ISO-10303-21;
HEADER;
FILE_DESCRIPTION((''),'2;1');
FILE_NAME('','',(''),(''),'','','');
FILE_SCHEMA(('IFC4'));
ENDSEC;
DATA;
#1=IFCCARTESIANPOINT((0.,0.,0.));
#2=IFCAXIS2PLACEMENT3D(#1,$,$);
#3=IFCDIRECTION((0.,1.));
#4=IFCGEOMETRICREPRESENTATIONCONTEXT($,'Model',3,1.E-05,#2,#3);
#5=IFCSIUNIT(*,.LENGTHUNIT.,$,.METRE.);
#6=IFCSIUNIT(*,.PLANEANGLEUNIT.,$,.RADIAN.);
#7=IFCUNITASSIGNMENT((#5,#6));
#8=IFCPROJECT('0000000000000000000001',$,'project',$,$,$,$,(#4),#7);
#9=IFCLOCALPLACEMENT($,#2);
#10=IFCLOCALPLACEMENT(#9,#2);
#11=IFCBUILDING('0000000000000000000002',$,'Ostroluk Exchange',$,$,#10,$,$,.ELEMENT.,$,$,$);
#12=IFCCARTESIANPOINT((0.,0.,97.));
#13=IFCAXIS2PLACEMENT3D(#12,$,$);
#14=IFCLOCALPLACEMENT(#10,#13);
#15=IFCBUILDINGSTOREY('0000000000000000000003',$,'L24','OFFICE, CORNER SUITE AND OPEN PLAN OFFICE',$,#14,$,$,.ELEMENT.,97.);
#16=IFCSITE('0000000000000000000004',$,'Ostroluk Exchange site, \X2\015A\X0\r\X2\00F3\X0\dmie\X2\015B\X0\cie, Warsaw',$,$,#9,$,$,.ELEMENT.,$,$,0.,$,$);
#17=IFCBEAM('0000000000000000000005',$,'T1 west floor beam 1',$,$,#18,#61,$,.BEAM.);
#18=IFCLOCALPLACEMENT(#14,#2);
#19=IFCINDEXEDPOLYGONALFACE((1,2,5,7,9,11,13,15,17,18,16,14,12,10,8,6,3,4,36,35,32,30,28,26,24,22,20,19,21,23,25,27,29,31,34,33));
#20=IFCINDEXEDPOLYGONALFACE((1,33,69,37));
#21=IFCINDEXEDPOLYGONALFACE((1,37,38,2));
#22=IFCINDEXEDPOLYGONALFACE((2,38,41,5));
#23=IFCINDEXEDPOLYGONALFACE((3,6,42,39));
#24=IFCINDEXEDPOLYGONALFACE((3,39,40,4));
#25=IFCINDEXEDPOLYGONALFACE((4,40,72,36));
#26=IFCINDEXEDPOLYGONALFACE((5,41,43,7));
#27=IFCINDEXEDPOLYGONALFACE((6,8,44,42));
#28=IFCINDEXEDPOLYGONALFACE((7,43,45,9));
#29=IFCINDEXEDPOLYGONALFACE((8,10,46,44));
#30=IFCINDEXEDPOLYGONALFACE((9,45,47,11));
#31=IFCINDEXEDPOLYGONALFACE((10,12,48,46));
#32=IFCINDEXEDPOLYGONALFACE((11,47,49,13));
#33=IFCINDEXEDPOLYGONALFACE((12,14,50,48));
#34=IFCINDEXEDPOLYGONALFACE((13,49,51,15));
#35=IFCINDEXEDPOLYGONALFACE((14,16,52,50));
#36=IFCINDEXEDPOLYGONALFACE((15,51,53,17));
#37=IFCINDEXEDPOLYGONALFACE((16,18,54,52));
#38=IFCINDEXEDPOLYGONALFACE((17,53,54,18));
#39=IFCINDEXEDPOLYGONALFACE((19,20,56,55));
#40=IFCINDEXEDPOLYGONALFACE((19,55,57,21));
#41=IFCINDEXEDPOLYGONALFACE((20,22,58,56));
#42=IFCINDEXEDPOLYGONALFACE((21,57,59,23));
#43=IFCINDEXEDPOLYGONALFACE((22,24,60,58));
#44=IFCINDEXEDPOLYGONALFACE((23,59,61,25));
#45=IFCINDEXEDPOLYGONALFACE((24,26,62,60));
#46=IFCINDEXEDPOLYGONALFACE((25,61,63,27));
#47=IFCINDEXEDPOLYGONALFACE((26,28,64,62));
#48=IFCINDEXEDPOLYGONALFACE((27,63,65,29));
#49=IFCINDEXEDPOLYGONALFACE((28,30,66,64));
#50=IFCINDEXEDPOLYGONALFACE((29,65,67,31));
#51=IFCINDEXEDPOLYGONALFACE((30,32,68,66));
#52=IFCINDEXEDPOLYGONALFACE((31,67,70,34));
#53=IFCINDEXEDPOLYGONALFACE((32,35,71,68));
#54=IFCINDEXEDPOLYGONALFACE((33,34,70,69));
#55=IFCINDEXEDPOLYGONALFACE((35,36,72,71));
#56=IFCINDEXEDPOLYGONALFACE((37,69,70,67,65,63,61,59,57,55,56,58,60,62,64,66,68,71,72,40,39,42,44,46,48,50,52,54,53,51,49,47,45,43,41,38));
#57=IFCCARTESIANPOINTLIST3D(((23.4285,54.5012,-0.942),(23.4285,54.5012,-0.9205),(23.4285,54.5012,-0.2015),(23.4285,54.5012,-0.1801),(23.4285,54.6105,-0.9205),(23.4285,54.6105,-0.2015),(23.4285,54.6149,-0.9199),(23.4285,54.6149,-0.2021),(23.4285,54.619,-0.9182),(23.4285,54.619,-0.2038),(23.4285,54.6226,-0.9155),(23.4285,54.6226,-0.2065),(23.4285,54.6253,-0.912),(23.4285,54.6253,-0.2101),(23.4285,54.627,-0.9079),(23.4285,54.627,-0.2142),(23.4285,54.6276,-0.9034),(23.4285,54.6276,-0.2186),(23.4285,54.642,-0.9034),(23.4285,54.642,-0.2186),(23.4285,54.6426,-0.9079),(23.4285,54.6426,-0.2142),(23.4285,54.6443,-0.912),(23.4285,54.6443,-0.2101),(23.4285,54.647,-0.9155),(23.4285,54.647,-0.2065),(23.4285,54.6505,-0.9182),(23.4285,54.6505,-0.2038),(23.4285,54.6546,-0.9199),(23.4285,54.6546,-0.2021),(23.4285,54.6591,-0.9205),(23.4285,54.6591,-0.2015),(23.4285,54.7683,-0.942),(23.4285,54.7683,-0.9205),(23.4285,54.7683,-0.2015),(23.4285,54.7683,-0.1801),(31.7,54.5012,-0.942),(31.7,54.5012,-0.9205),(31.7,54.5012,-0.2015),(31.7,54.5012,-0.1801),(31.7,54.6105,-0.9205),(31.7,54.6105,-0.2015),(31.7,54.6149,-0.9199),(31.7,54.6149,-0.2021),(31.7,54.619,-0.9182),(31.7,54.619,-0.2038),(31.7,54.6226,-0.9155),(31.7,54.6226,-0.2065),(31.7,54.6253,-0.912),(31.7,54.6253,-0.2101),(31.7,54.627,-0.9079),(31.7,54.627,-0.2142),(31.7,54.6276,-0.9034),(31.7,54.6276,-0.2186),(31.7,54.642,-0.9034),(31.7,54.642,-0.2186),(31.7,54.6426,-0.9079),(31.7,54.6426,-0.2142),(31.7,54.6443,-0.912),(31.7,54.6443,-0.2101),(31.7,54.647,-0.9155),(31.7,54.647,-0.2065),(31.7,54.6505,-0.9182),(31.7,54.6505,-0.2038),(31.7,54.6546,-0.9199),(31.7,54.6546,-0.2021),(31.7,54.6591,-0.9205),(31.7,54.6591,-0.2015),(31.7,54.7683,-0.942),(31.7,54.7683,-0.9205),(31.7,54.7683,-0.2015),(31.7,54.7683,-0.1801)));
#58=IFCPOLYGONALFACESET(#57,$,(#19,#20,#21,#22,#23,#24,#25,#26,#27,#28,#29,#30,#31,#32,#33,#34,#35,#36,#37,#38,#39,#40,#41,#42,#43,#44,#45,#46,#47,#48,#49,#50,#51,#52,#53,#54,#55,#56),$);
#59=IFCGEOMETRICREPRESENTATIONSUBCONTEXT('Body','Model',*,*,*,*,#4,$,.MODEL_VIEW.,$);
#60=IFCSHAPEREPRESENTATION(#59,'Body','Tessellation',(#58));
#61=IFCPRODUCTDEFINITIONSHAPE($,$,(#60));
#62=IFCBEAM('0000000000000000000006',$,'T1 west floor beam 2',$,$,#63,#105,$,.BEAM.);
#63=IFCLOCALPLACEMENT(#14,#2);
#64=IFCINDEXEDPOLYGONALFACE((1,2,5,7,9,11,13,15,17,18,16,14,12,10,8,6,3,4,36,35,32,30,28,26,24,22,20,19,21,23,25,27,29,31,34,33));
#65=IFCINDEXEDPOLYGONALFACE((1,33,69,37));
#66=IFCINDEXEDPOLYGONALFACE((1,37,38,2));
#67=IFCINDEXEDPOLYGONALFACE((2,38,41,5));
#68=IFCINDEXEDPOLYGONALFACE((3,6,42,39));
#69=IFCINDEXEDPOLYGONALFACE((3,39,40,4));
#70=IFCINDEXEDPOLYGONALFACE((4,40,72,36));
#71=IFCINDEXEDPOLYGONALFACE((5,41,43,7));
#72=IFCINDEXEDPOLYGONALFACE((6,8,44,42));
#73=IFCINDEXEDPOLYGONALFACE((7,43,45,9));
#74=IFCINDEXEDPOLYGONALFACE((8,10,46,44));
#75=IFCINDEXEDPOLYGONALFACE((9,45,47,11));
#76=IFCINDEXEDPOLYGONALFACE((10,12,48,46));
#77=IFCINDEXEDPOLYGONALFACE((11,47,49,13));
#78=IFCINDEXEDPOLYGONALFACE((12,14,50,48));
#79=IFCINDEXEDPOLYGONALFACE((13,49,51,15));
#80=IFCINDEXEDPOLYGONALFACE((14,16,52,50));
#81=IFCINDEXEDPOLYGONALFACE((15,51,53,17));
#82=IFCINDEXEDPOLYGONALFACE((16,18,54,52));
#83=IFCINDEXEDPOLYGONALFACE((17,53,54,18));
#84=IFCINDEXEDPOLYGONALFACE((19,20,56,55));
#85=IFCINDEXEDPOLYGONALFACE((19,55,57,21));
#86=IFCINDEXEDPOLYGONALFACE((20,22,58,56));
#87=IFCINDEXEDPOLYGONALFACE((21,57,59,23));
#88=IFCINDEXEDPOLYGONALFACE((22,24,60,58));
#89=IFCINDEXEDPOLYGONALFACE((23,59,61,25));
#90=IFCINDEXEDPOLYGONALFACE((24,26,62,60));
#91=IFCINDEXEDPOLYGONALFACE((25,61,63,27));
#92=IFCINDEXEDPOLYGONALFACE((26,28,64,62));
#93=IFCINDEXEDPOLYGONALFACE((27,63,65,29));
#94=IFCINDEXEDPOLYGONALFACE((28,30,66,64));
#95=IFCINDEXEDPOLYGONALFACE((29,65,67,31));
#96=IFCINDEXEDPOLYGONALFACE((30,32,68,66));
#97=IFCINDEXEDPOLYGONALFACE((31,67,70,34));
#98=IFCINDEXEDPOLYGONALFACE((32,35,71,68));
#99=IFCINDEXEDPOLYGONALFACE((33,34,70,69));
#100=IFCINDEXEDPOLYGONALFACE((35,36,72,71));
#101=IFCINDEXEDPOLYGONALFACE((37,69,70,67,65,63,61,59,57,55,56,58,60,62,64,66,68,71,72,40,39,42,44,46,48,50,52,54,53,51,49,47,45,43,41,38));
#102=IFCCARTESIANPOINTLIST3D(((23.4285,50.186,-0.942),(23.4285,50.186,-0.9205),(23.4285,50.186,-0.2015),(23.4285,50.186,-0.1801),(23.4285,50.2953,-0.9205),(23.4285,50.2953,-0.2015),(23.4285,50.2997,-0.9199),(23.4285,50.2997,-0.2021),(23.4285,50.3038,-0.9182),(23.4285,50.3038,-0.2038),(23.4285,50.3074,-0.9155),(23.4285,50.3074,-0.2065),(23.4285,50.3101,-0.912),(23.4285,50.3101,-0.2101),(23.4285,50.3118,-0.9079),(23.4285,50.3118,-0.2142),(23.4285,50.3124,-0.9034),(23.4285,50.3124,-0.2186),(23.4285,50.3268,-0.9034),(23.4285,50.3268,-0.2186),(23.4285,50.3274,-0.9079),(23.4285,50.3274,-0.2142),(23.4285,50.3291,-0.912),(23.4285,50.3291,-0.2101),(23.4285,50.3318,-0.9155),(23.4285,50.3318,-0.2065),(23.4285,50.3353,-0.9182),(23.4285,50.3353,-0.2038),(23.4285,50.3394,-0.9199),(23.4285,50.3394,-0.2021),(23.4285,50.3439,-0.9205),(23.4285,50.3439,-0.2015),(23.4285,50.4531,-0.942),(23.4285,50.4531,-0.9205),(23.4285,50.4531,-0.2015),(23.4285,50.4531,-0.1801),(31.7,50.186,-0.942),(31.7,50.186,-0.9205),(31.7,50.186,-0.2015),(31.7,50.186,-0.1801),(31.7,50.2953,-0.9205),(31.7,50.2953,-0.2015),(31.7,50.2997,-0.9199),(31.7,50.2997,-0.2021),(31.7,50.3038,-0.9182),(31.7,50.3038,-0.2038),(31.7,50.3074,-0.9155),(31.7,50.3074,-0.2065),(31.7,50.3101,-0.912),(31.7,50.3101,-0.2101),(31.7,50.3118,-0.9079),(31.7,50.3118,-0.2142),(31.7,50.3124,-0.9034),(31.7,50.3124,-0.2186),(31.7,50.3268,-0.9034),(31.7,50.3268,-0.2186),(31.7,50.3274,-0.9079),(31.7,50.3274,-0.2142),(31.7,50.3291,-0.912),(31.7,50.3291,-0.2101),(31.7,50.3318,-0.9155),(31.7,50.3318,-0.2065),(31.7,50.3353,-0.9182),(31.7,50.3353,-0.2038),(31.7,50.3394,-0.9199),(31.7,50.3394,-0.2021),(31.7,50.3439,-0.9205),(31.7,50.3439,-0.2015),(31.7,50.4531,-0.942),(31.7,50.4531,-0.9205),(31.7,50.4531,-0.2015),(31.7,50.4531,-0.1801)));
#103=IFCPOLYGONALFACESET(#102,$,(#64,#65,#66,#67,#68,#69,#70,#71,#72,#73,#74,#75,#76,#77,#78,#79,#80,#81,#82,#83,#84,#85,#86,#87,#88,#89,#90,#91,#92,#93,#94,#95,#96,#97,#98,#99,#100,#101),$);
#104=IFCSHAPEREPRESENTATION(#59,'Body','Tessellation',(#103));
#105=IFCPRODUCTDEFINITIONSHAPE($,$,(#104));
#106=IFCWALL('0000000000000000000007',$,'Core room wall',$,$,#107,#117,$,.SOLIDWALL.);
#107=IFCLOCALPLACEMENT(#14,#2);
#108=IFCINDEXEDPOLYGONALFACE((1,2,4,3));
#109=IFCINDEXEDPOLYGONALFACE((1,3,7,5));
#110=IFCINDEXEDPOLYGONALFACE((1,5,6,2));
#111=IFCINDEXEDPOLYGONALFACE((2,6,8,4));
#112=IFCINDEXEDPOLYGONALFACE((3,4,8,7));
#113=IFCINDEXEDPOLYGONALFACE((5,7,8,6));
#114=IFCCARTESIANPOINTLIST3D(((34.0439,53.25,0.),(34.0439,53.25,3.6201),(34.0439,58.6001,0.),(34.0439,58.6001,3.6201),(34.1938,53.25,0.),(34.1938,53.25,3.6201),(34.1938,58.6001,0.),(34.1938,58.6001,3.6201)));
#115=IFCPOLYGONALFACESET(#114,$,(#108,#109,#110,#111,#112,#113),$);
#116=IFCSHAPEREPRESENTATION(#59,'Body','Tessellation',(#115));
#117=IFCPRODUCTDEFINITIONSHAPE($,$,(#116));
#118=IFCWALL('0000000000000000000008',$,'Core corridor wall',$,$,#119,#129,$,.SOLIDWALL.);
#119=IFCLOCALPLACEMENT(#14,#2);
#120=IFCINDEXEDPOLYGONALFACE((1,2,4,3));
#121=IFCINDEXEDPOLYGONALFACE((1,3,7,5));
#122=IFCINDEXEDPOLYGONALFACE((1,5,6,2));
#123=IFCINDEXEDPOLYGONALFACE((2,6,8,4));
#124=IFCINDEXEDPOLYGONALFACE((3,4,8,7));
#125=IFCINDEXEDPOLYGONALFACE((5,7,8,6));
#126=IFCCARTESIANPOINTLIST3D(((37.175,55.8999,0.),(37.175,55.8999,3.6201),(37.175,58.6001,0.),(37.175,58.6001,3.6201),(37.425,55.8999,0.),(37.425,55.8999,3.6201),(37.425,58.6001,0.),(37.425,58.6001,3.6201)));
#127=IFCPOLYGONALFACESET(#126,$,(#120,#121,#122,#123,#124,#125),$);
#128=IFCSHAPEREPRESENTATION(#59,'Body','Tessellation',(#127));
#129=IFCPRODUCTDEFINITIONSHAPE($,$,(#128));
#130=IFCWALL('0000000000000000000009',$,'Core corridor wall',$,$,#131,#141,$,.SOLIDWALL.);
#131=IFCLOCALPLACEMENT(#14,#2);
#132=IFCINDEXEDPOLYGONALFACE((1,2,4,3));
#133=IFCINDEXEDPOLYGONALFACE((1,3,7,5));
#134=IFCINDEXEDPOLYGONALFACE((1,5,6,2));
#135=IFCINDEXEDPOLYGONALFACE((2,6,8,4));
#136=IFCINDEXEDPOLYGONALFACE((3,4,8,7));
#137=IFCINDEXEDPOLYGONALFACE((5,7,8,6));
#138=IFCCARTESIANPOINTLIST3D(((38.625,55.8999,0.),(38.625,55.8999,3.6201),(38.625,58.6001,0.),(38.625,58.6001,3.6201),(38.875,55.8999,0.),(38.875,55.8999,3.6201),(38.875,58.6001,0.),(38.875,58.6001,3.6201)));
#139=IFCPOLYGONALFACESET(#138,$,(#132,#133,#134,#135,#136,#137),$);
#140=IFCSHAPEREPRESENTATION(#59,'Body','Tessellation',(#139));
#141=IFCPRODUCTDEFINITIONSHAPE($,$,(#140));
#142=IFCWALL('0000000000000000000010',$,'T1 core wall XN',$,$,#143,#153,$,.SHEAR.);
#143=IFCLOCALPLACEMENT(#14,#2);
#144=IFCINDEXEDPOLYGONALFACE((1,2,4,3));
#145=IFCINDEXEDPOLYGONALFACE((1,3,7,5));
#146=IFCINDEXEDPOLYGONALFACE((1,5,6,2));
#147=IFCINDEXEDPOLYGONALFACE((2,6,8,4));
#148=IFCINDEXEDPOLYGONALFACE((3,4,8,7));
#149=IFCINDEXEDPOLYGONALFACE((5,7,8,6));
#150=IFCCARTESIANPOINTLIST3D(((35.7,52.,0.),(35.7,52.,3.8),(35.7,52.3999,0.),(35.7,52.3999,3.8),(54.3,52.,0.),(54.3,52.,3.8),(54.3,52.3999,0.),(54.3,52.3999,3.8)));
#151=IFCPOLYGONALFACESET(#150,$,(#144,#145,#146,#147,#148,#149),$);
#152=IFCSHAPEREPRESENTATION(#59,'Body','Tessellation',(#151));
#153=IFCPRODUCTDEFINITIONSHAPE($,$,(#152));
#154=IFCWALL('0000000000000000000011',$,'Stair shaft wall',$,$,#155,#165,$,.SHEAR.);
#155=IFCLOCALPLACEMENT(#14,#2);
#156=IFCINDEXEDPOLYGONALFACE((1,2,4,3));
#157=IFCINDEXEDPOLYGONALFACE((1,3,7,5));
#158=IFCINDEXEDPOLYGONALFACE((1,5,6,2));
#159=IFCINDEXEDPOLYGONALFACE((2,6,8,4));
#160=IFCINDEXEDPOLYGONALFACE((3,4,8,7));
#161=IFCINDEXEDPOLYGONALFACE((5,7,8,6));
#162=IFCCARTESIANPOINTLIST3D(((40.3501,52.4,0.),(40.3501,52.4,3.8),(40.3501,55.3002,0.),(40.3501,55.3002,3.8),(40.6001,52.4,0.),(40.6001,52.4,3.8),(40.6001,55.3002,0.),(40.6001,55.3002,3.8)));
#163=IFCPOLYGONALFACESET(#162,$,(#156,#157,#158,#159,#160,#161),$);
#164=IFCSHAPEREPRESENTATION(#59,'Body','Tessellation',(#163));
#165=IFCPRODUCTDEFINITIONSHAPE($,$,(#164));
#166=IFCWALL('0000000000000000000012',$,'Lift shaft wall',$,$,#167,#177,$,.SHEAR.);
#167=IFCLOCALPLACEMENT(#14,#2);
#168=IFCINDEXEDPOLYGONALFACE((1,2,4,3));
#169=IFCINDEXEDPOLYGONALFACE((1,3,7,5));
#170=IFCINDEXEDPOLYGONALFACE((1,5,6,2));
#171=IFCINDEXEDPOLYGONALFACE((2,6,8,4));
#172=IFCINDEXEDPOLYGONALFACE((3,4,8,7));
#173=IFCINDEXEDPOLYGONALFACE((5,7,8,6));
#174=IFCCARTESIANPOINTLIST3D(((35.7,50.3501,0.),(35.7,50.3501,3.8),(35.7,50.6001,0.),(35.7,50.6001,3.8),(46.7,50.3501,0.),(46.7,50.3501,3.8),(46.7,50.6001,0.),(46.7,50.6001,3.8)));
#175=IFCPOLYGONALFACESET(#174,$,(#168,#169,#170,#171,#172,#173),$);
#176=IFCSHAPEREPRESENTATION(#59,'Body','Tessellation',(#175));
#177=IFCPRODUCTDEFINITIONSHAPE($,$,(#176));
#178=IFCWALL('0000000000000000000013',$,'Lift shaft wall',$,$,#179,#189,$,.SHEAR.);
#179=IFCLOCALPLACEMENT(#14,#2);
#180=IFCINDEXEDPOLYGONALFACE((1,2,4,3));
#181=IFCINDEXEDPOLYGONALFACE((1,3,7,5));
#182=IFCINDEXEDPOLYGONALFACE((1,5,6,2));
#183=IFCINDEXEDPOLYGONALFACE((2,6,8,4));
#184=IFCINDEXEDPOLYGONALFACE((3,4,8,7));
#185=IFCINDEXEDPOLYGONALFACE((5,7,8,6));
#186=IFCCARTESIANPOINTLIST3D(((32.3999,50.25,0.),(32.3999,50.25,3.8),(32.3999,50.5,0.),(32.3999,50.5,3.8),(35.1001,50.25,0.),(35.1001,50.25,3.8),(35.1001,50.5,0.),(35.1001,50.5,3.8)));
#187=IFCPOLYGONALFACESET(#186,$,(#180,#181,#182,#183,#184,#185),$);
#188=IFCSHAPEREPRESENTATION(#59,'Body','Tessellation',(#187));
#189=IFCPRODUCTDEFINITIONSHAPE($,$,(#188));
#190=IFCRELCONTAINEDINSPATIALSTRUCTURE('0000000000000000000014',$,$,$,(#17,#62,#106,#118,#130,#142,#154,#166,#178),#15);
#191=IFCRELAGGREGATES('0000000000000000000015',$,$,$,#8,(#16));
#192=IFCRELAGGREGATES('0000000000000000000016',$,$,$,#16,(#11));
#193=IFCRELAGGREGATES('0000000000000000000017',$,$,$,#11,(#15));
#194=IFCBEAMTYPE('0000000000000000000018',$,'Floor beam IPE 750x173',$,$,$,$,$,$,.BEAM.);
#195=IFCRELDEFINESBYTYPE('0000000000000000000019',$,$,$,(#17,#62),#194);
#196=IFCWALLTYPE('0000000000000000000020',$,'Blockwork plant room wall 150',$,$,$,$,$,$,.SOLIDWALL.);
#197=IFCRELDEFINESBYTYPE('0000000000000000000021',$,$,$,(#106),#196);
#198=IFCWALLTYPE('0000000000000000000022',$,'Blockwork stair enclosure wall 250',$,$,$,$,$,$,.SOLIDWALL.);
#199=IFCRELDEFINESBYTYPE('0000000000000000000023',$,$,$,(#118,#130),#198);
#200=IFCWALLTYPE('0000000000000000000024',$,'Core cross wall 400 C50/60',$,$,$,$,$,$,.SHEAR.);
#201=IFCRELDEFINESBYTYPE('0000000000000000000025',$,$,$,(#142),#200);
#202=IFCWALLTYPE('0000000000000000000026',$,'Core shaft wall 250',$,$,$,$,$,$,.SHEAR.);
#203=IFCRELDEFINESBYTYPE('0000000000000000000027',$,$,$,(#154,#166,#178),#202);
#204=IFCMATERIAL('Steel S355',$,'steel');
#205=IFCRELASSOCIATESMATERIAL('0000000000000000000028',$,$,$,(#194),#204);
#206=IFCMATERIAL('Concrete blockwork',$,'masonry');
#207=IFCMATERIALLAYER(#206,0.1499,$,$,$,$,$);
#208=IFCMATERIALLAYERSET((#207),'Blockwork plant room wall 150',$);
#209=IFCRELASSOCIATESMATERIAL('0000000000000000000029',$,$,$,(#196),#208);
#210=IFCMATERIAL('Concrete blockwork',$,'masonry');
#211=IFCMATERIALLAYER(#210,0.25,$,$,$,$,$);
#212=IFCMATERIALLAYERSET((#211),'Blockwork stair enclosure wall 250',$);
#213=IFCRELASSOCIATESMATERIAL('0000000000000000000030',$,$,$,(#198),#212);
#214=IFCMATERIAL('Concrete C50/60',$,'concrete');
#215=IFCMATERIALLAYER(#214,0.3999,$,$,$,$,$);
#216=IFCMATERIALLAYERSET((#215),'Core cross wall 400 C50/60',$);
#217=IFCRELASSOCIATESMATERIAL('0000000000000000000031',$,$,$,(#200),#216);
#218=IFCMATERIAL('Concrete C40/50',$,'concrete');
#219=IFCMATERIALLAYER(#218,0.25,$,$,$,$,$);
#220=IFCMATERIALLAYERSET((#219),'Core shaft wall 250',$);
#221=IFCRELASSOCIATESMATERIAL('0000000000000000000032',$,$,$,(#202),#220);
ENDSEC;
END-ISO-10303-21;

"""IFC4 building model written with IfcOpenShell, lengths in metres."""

from ifc_helpers import new_model, si_unit, direction, frame, frame_2d, origin, origin_2d, place, context, subcontext, project, spatial, rectangle, i_section, extrude, material, layer, layer_set, material_profile, profile_set, type_object, element, save


model = new_model("IFC4")

# Units and contexts
model_context = context("Model", 3, precision=1e-05, world=origin(), true_north=direction((0.0, 1.0)))
body_context = subcontext(model_context, "Body", "Model", "MODEL_VIEW")
ifc_project = project(units=[si_unit("LENGTHUNIT", "METRE"), si_unit("PLANEANGLEUNIT", "RADIAN")], contexts=[model_context])

# Site, building, storey
site_placement = place(None, origin())
site = spatial("IfcSite", under=ifc_project, at=site_placement, Name="Ostroluk Exchange site, Śródmieście, Warsaw", CompositionType="ELEMENT", RefElevation=0.0)
building_placement = place(site_placement, origin())
building = spatial("IfcBuilding", under=site, at=building_placement, Name="Ostroluk Exchange", CompositionType="ELEMENT")
storey_placement = place(building_placement, frame((0.0, 0.0, 97.0)))
storey = spatial("IfcBuildingStorey", under=building, at=storey_placement, Name="L24", Description="OFFICE, CORNER SUITE AND OPEN PLAN OFFICE", CompositionType="ELEMENT", Elevation=97.0)

# Beams
ifc_material_1 = material(Name="Steel S355", Category="steel")
ifc_material_profile = material_profile(ifc_material_1, i_section(OverallWidth=0.2671, OverallDepth=0.762, WebThickness=0.0144, FlangeThickness=0.0215, FilletRadius=0.0171, at=origin_2d()), Name="IPE 750x173")
ifc_profile_set = profile_set([ifc_material_profile], Name="Steel S355")
beam_type = type_object("IfcBeamType", Name="Floor beam IPE 750x173", PredefinedType="BEAM", material=ifc_profile_set)
for number, where, z_axis, x_axis, name in (
    (1, (31.7, 54.6348, -0.561), (-1.0, 0.0, 0.0), (0.0, -1.0, 0.0), "T1 west floor beam 1"),
    (2, (31.7, 50.3196, -0.561), (-1.0, 0.0, 0.0), (0.0, -1.0, 0.0), "T1 west floor beam 2"),
):
    element("IfcBeam", number, at=place(storey_placement, frame(where, z_axis=z_axis, x_axis=x_axis)), inside=storey, type_object=beam_type, Name=name, PredefinedType="BEAM", context=body_context, shape_type="SweptSolid", body=[
        extrude(i_section(OverallWidth=0.2671, OverallDepth=0.762, WebThickness=0.0144, FlangeThickness=0.0215, FilletRadius=0.0171, at=origin_2d()), origin(), (0.0, 0.0, 1.0), 8.2715),
    ])

# Walls
ifc_material_2 = material(Name="Concrete blockwork", Category="masonry")
ifc_layer_1 = layer(ifc_material_2, 0.1499)
ifc_layer_set_1 = layer_set([ifc_layer_1], Name="Blockwork plant room wall 150")
wall_type_1 = type_object("IfcWallType", Name="Blockwork plant room wall 150", PredefinedType="SOLIDWALL", material=ifc_layer_set_1)
wall_1_placement = place(storey_placement, frame((34.1189, 53.25, 0.0), z_axis=(0.0, 0.0, 1.0), x_axis=(0.0, 1.0, 0.0)))
element("IfcWall", 3, at=wall_1_placement, inside=storey, type_object=wall_type_1, Name="Core room wall", PredefinedType="SOLIDWALL", context=body_context, shape_type="SweptSolid", body=[
    extrude(rectangle(XDim=5.3501, YDim=0.1499, at=frame_2d((2.675, 0.0))), origin(), (0.0, 0.0, 1.0), 3.6201),
])
ifc_material_3 = material(Name="Concrete blockwork", Category="masonry")
ifc_layer_2 = layer(ifc_material_3, 0.25)
ifc_layer_set_2 = layer_set([ifc_layer_2], Name="Blockwork stair enclosure wall 250")
wall_type_2 = type_object("IfcWallType", Name="Blockwork stair enclosure wall 250", PredefinedType="SOLIDWALL", material=ifc_layer_set_2)
for number, where, z_axis, x_axis, name in (
    (4, (37.3, 55.8999, 0.0), (0.0, 0.0, 1.0), (0.0, 1.0, 0.0), "Core corridor wall"),
    (5, (38.75, 55.8999, 0.0), (0.0, 0.0, 1.0), (0.0, 1.0, 0.0), "Core corridor wall"),
):
    element("IfcWall", number, at=place(storey_placement, frame(where, z_axis=z_axis, x_axis=x_axis)), inside=storey, type_object=wall_type_2, Name=name, PredefinedType="SOLIDWALL", context=body_context, shape_type="SweptSolid", body=[
        extrude(rectangle(XDim=2.7002, YDim=0.25, at=frame_2d((1.3501, 0.0))), origin(), (0.0, 0.0, 1.0), 3.6201),
    ])
ifc_material_4 = material(Name="Concrete C50/60", Category="concrete")
ifc_layer_3 = layer(ifc_material_4, 0.3999)
ifc_layer_set_3 = layer_set([ifc_layer_3], Name="Core cross wall 400 C50/60")
wall_type_3 = type_object("IfcWallType", Name="Core cross wall 400 C50/60", PredefinedType="SHEAR", material=ifc_layer_set_3)
wall_2_placement = place(storey_placement, frame((35.7, 52.2, 0.0), z_axis=(0.0, 0.0, 1.0), x_axis=(1.0, 0.0, 0.0)))
element("IfcWall", 6, at=wall_2_placement, inside=storey, type_object=wall_type_3, Name="T1 core wall XN", PredefinedType="SHEAR", context=body_context, shape_type="SweptSolid", body=[
    extrude(rectangle(XDim=18.6001, YDim=0.3999, at=frame_2d((9.3, 0.0))), origin(), (0.0, 0.0, 1.0), 3.8),
])
ifc_material_5 = material(Name="Concrete C40/50", Category="concrete")
ifc_layer_4 = layer(ifc_material_5, 0.25)
ifc_layer_set_4 = layer_set([ifc_layer_4], Name="Core shaft wall 250")
wall_type_4 = type_object("IfcWallType", Name="Core shaft wall 250", PredefinedType="SHEAR", material=ifc_layer_set_4)
wall_3_placement = place(storey_placement, frame((40.4751, 52.3999, 0.0), z_axis=(0.0, 0.0, 1.0), x_axis=(0.0, 1.0, 0.0)))
element("IfcWall", 7, at=wall_3_placement, inside=storey, type_object=wall_type_4, Name="Stair shaft wall", PredefinedType="SHEAR", context=body_context, shape_type="SweptSolid", body=[
    extrude(rectangle(XDim=2.9001, YDim=0.25, at=frame_2d((1.4502, 0.0))), origin(), (0.0, 0.0, 1.0), 3.8),
])
wall_4_placement = place(storey_placement, frame((35.7, 50.4751, 0.0), z_axis=(0.0, 0.0, 1.0), x_axis=(1.0, 0.0, 0.0)))
element("IfcWall", 8, at=wall_4_placement, inside=storey, type_object=wall_type_4, Name="Lift shaft wall", PredefinedType="SHEAR", context=body_context, shape_type="SweptSolid", body=[
    extrude(rectangle(XDim=11.0, YDim=0.25, at=frame_2d((5.5, 0.0))), origin(), (0.0, 0.0, 1.0), 3.8),
])
for number, where, z_axis, x_axis, name in (
    (9, (32.3999, 50.375, 0.0), (0.0, 0.0, 1.0), (1.0, 0.0, 0.0), "Lift shaft wall"),
):
    element("IfcWall", number, at=place(storey_placement, frame(where, z_axis=z_axis, x_axis=x_axis)), inside=storey, type_object=wall_type_4, Name=name, PredefinedType="SHEAR", context=body_context, shape_type="SweptSolid", body=[
        extrude(rectangle(XDim=2.7002, YDim=0.25, at=frame_2d((1.3501, 0.0))), origin(), (0.0, 0.0, 1.0), 3.8),
    ])

save(model, "model.ifc")
